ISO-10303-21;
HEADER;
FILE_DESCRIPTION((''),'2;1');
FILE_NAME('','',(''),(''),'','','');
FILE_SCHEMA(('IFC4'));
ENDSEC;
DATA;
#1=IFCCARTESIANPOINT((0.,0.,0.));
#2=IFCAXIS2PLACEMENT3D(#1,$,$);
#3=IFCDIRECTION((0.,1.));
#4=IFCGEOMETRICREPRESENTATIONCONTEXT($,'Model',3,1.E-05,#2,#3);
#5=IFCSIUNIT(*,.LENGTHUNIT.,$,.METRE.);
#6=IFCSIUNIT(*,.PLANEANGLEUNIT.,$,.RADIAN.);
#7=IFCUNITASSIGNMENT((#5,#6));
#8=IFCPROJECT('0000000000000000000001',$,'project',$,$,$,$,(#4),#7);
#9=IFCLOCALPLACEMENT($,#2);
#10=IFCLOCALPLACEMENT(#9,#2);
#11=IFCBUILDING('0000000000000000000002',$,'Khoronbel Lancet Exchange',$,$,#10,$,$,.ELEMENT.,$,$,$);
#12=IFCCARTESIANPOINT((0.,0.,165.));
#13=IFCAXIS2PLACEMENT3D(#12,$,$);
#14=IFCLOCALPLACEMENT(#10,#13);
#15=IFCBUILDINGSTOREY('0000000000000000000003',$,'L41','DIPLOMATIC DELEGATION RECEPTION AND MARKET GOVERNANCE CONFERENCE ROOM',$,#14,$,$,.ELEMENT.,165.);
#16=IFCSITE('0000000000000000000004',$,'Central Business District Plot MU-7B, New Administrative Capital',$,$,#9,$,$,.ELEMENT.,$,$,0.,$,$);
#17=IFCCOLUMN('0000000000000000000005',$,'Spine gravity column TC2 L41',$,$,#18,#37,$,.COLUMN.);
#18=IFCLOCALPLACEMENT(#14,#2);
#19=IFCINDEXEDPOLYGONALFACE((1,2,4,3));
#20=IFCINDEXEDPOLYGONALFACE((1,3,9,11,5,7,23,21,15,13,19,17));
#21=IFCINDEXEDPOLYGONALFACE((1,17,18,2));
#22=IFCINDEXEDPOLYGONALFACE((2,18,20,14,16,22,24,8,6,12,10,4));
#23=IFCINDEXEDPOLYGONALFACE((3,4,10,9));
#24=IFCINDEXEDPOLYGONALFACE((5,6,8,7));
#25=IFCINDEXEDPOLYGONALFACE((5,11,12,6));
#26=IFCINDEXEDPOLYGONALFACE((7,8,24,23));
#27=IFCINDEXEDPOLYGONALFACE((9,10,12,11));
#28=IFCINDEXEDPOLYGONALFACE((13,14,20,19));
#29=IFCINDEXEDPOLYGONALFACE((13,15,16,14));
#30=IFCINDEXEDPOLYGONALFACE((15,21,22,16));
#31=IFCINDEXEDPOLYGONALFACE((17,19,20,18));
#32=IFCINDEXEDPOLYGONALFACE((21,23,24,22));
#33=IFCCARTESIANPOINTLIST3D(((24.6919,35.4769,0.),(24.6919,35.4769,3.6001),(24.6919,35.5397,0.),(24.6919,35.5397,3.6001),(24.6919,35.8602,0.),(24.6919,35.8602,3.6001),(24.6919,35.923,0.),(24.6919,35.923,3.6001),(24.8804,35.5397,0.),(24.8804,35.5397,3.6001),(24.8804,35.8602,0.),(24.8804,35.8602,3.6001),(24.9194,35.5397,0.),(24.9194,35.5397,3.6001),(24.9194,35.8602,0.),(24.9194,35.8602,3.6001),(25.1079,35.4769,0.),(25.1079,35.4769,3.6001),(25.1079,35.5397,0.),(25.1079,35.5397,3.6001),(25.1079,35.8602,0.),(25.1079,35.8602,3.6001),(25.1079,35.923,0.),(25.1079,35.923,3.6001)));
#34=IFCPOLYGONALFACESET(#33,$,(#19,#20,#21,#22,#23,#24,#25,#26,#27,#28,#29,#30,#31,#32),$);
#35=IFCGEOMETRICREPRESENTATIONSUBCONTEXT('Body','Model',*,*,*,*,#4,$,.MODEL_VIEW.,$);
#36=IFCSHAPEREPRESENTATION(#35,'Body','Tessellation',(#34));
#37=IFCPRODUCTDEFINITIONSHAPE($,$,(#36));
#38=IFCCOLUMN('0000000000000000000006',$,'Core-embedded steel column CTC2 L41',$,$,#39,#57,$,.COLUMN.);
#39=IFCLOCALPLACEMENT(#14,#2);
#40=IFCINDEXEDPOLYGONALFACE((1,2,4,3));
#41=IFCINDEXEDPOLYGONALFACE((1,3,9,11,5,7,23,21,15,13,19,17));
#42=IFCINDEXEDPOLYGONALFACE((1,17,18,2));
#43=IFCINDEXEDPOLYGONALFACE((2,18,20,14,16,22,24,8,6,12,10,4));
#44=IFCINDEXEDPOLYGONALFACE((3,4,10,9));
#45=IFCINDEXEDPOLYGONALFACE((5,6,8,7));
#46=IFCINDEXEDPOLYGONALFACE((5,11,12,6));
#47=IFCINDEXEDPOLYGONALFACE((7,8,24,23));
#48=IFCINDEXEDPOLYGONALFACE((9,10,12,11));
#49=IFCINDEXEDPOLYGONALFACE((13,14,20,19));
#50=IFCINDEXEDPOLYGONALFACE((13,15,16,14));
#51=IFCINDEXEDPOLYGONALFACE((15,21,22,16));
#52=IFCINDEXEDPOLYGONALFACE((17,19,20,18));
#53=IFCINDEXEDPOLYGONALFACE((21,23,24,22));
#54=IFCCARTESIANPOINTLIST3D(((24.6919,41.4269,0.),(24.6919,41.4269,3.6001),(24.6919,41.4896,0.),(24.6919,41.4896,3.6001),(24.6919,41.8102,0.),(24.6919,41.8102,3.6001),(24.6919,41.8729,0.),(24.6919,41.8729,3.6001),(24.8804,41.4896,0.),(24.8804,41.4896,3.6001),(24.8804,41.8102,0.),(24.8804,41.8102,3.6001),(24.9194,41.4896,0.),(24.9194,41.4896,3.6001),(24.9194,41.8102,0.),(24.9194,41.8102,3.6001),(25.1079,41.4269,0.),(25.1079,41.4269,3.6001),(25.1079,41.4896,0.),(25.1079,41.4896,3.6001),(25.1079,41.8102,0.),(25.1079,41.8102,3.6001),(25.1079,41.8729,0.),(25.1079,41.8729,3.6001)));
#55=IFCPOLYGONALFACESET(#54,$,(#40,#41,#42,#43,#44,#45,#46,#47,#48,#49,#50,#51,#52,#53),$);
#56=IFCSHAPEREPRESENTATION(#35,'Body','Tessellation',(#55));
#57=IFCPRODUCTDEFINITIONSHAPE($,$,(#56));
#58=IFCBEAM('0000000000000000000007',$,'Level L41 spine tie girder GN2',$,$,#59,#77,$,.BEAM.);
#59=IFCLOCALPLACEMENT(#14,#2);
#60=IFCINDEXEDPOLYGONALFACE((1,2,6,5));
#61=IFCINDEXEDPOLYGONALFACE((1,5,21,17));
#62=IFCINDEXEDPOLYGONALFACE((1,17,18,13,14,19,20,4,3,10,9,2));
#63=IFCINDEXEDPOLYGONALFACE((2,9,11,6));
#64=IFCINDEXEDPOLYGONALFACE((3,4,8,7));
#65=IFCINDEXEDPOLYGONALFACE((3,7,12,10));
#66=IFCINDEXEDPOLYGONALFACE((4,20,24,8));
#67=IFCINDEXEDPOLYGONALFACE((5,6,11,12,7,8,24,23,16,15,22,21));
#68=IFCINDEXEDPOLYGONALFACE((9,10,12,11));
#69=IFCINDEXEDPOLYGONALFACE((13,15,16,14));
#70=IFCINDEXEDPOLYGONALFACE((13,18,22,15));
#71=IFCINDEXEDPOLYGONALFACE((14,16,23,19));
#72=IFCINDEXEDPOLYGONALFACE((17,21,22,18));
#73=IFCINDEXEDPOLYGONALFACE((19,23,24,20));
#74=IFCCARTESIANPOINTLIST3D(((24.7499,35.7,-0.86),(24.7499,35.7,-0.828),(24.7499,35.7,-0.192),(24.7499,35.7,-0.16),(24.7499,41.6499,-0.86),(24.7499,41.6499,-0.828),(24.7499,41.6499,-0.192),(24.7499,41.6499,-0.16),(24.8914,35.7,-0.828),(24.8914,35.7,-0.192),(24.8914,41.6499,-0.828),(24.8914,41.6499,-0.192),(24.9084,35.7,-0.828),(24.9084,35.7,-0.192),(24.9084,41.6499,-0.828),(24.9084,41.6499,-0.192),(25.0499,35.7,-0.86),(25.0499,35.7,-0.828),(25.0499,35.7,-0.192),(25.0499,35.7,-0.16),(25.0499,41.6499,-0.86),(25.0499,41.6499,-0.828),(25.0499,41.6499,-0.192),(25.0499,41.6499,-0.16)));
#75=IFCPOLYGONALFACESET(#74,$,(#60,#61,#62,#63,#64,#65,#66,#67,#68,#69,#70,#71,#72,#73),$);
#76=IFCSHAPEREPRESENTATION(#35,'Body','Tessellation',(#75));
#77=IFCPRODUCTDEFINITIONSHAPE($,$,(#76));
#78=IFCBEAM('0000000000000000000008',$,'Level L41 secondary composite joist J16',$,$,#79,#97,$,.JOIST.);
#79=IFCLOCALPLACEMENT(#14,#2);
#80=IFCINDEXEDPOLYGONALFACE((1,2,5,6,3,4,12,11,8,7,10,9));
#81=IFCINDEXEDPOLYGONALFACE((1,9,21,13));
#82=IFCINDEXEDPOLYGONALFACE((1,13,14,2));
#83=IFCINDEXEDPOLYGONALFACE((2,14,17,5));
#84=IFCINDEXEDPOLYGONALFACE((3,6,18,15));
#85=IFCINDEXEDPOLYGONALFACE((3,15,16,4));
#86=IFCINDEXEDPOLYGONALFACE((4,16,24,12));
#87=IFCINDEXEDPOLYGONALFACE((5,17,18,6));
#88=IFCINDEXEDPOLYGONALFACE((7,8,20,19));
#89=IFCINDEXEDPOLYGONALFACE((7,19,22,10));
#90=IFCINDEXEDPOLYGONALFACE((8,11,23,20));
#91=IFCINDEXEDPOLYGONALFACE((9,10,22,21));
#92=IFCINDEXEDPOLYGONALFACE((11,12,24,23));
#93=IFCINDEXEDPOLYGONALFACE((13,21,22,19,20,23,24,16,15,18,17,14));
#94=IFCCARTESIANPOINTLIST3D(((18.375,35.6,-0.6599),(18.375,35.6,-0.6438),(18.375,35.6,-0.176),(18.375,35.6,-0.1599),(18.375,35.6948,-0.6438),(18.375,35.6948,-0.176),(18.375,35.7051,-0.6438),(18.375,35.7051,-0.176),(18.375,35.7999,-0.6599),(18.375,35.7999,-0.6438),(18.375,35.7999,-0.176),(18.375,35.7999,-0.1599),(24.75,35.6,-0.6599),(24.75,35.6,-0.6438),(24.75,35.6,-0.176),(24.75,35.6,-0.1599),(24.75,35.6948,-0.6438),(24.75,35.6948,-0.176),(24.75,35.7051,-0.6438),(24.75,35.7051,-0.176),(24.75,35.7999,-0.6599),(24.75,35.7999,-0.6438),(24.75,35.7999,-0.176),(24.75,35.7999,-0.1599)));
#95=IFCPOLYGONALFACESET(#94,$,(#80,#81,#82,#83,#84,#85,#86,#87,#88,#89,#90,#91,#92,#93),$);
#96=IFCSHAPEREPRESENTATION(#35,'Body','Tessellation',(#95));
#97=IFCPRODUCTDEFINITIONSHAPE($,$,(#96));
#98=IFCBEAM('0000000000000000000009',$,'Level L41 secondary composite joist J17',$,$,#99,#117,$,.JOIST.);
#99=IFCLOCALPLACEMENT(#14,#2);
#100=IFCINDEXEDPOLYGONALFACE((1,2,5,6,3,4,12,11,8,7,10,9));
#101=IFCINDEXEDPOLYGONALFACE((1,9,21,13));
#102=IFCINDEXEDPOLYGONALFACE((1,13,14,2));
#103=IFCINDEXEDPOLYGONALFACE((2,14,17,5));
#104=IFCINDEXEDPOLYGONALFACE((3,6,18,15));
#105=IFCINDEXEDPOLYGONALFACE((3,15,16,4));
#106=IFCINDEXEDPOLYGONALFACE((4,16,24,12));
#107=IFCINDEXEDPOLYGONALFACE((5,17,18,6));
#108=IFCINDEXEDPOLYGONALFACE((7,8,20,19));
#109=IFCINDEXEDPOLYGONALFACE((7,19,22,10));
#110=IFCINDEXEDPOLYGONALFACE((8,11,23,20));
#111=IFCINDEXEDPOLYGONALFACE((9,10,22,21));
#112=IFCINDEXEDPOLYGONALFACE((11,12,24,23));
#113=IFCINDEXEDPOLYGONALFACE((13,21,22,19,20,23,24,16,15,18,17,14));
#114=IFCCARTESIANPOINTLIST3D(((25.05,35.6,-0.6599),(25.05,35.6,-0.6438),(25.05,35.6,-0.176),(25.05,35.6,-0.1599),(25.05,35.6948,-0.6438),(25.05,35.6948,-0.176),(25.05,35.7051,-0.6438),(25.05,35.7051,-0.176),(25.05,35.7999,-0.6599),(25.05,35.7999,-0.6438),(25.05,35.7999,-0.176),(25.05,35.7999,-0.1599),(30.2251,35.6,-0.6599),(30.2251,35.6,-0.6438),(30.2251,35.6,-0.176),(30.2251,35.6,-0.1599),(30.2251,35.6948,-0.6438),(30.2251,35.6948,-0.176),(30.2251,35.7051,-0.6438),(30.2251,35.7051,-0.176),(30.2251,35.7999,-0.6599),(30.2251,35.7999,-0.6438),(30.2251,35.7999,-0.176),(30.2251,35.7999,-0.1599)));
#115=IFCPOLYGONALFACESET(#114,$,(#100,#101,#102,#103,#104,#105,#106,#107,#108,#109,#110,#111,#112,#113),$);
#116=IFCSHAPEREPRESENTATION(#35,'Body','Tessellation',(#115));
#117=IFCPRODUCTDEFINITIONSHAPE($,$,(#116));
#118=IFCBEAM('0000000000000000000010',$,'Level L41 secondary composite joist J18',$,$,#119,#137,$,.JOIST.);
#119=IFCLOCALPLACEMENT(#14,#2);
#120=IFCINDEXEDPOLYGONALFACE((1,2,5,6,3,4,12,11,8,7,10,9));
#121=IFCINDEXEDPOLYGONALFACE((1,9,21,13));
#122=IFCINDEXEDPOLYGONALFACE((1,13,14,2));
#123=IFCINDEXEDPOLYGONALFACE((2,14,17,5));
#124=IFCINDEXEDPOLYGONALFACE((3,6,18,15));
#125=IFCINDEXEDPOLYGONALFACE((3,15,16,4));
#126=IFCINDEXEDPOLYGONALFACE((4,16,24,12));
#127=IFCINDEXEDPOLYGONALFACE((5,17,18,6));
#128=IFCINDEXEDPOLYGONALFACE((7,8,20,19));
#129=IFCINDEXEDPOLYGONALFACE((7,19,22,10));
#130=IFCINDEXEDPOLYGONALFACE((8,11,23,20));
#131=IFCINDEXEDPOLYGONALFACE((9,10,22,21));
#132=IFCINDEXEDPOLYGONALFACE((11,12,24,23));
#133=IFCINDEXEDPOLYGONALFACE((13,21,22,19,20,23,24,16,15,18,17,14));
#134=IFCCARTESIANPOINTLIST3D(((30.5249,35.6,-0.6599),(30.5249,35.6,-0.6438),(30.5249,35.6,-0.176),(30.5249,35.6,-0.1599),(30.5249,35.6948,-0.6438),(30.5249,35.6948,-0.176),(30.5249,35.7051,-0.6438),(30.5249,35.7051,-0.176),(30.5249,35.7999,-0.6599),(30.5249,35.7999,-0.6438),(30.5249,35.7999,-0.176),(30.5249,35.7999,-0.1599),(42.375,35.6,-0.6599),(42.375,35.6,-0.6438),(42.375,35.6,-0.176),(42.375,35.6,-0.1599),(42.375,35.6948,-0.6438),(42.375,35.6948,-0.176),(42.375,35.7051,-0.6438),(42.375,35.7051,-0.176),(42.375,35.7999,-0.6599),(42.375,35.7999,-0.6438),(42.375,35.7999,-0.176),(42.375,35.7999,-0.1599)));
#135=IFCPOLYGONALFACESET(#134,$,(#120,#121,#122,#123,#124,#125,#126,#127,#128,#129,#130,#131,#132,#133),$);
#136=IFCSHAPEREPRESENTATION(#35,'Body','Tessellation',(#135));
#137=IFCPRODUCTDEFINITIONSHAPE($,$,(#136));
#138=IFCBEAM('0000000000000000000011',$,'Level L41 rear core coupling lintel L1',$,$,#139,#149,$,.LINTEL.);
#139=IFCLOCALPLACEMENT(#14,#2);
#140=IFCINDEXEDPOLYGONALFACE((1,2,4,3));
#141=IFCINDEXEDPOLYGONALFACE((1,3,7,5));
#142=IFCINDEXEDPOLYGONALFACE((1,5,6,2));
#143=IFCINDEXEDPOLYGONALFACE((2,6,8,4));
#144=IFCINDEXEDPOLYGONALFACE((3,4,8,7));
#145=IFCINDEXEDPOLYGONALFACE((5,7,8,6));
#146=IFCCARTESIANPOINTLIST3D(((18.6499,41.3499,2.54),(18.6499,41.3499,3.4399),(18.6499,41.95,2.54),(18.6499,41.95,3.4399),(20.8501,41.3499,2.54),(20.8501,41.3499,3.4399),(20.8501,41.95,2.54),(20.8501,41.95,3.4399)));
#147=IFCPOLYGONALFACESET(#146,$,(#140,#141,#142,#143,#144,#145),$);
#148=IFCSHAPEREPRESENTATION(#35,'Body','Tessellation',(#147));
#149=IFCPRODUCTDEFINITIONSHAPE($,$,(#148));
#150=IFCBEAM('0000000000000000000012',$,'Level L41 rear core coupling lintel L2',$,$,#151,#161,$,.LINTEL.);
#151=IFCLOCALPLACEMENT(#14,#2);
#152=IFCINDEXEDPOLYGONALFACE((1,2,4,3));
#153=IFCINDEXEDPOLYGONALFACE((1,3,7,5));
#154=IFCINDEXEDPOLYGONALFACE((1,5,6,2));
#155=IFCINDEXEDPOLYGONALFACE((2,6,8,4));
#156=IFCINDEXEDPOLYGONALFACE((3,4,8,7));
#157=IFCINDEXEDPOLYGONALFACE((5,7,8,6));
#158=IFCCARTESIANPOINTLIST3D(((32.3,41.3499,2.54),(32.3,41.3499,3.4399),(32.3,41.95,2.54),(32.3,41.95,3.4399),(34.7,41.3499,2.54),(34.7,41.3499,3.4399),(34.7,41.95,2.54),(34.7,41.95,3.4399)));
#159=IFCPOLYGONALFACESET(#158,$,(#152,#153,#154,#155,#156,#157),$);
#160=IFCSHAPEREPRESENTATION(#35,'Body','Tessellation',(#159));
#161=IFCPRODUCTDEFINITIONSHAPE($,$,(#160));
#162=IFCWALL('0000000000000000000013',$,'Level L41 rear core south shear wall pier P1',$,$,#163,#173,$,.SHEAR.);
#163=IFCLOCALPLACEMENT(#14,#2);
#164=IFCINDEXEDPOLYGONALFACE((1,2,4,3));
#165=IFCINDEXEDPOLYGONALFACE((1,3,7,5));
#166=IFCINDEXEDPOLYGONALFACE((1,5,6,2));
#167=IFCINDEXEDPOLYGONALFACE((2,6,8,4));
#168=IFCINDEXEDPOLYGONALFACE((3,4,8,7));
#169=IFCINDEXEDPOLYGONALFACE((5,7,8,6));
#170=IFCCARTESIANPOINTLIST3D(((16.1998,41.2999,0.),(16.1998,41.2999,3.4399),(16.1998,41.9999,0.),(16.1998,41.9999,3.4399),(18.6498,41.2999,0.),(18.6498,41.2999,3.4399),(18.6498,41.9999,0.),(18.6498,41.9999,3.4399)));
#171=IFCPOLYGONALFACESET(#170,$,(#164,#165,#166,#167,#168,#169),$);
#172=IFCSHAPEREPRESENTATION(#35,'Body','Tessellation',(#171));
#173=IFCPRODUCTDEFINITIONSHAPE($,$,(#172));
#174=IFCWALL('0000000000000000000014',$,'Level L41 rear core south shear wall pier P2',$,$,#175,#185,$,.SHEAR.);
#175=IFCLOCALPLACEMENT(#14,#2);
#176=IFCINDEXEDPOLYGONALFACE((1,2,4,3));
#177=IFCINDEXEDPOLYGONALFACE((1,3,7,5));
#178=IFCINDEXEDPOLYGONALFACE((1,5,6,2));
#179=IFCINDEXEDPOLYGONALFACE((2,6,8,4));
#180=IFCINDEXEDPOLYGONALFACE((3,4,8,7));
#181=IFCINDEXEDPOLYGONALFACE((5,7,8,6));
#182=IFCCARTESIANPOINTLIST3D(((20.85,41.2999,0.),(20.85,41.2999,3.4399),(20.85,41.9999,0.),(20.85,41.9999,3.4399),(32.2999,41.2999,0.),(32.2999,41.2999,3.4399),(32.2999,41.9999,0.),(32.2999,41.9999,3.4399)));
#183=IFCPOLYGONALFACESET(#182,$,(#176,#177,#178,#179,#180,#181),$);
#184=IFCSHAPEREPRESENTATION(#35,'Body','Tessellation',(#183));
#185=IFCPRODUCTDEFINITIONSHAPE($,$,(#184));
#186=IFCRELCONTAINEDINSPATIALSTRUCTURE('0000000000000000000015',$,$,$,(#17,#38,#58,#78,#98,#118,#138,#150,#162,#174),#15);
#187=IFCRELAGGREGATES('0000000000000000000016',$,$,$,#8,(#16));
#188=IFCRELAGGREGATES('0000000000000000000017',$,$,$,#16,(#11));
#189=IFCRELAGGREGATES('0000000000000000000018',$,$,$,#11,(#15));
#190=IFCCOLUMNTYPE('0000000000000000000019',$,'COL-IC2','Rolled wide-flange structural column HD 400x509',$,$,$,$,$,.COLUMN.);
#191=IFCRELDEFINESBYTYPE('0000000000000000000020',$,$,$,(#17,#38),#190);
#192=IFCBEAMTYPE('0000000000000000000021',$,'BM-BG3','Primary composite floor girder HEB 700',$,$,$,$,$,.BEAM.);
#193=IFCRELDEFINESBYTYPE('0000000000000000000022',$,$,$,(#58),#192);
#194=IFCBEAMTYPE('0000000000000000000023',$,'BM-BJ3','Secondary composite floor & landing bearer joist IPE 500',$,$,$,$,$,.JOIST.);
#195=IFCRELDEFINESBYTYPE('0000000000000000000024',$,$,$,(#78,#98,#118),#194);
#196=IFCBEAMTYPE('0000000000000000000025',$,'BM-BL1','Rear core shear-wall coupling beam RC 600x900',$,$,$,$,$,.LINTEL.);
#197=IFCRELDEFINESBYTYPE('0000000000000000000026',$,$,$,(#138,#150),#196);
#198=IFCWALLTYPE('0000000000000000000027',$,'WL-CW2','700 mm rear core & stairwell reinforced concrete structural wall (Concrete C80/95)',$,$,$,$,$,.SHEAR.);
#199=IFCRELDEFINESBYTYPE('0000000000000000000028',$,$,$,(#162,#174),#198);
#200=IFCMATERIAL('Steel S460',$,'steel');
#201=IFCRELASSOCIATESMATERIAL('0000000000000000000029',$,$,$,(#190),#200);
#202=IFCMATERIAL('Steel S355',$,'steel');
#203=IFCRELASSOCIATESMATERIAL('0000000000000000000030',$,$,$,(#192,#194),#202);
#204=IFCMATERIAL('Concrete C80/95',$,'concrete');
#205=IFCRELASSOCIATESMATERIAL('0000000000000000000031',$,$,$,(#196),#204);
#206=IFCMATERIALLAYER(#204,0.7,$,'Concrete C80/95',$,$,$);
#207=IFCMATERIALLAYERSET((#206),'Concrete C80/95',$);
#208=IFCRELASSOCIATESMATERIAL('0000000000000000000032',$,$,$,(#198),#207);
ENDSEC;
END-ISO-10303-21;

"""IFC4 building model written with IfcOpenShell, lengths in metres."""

from ifc_helpers import new_model, si_unit, direction, frame, frame_2d, origin, origin_2d, place, context, subcontext, project, spatial, rectangle, i_section, extrude, material, layer, layer_set, material_profile, profile_set, type_object, element, save


model = new_model("IFC4")

# Units and contexts
model_context = context("Model", 3, precision=1e-05, world=origin(), true_north=direction((0.0, 1.0)))
body_context = subcontext(model_context, "Body", "Model", "MODEL_VIEW")
ifc_project = project(units=[si_unit("LENGTHUNIT", "METRE"), si_unit("PLANEANGLEUNIT", "RADIAN")], contexts=[model_context])

# Site, building, storey
site_placement = place(None, origin())
site = spatial("IfcSite", under=ifc_project, at=site_placement, Name="Central Business District Plot MU-7B, New Administrative Capital", CompositionType="ELEMENT", RefElevation=0.0)
building_placement = place(site_placement, origin())
building = spatial("IfcBuilding", under=site, at=building_placement, Name="Khoronbel Lancet Exchange", CompositionType="ELEMENT")
storey_placement = place(building_placement, frame((0.0, 0.0, 165.0)))
storey = spatial("IfcBuildingStorey", under=building, at=storey_placement, Name="L41", Description="DIPLOMATIC DELEGATION RECEPTION AND MARKET GOVERNANCE CONFERENCE ROOM", CompositionType="ELEMENT", Elevation=165.0)

# Columns
ifc_material_1 = material(Name="Steel S460", Category="steel")
ifc_material_profile_1 = material_profile(ifc_material_1, i_section(OverallWidth=0.416, OverallDepth=0.446, WebThickness=0.0391, FlangeThickness=0.0627, at=origin_2d()), Name="HD 400x509")
ifc_profile_set_1 = profile_set([ifc_material_profile_1], Name="Steel S460")
column_type = type_object("IfcColumnType", Name="COL-IC2", Description="Rolled wide-flange structural column HD 400x509", PredefinedType="COLUMN", material=ifc_profile_set_1)
for number, where, z_axis, x_axis, name in (
    (1, (24.8999, 35.7, 0.0), (0.0, 0.0, 1.0), (1.0, 0.0, 0.0), "Spine gravity column TC2 L41"),
    (2, (24.8999, 41.6499, 0.0), (0.0, 0.0, 1.0), (1.0, 0.0, 0.0), "Core-embedded steel column CTC2 L41"),
):
    element("IfcColumn", number, at=place(storey_placement, frame(where, z_axis=z_axis, x_axis=x_axis)), inside=storey, type_object=column_type, Name=name, PredefinedType="COLUMN", context=body_context, shape_type="SweptSolid", body=[
        extrude(i_section(OverallWidth=0.416, OverallDepth=0.446, WebThickness=0.0391, FlangeThickness=0.0627, at=origin_2d()), origin(), (0.0, 0.0, 1.0), 3.6001),
    ])

# Beams
ifc_material_2 = material(Name="Steel S355", Category="steel")
ifc_material_profile_2 = material_profile(ifc_material_2, i_section(OverallWidth=0.3, OverallDepth=0.7, WebThickness=0.0171, FlangeThickness=0.032, at=origin_2d()), Name="HEB 700")
ifc_profile_set_2 = profile_set([ifc_material_profile_2], Name="Steel S355")
beam_type_1 = type_object("IfcBeamType", Name="BM-BG3", Description="Primary composite floor girder HEB 700", PredefinedType="BEAM", material=ifc_profile_set_2)
beam_1_placement = place(storey_placement, frame((24.8999, 35.7, -0.51), z_axis=(0.0, 1.0, 0.0), x_axis=(-1.0, 0.0, 0.0)))
element("IfcBeam", 3, at=beam_1_placement, inside=storey, type_object=beam_type_1, Name="Level L41 spine tie girder GN2", PredefinedType="BEAM", context=body_context, shape_type="SweptSolid", body=[
    extrude(i_section(OverallWidth=0.3, OverallDepth=0.7, WebThickness=0.0171, FlangeThickness=0.032, at=origin_2d()), origin(), (0.0, 0.0, 1.0), 5.95),
])
ifc_material_profile_3 = material_profile(ifc_material_2, i_section(OverallWidth=0.2, OverallDepth=0.5, WebThickness=0.0103, FlangeThickness=0.0161, at=origin_2d()), Name="IPE 500")
ifc_profile_set_3 = profile_set([ifc_material_profile_3], Name="Steel S355")
beam_type_2 = type_object("IfcBeamType", Name="BM-BJ3", Description="Secondary composite floor & landing bearer joist IPE 500", PredefinedType="JOIST", material=ifc_profile_set_3)
beam_2_placement = place(storey_placement, frame((18.375, 35.7, -0.4099), z_axis=(1.0, 0.0, 0.0), x_axis=(0.0, 1.0, 0.0)))
element("IfcBeam", 4, at=beam_2_placement, inside=storey, type_object=beam_type_2, Name="Level L41 secondary composite joist J16", PredefinedType="JOIST", context=body_context, shape_type="SweptSolid", body=[
    extrude(i_section(OverallWidth=0.2, OverallDepth=0.5, WebThickness=0.0103, FlangeThickness=0.0161, at=origin_2d()), origin(), (0.0, 0.0, 1.0), 6.375),
])
beam_3_placement = place(storey_placement, frame((25.05, 35.7, -0.4099), z_axis=(1.0, 0.0, 0.0), x_axis=(0.0, 1.0, 0.0)))
element("IfcBeam", 5, at=beam_3_placement, inside=storey, type_object=beam_type_2, Name="Level L41 secondary composite joist J17", PredefinedType="JOIST", context=body_context, shape_type="SweptSolid", body=[
    extrude(i_section(OverallWidth=0.2, OverallDepth=0.5, WebThickness=0.0103, FlangeThickness=0.0161, at=origin_2d()), origin(), (0.0, 0.0, 1.0), 5.175),
])
beam_4_placement = place(storey_placement, frame((30.5249, 35.7, -0.4099), z_axis=(1.0, 0.0, 0.0), x_axis=(0.0, 1.0, 0.0)))
element("IfcBeam", 6, at=beam_4_placement, inside=storey, type_object=beam_type_2, Name="Level L41 secondary composite joist J18", PredefinedType="JOIST", context=body_context, shape_type="SweptSolid", body=[
    extrude(i_section(OverallWidth=0.2, OverallDepth=0.5, WebThickness=0.0103, FlangeThickness=0.0161, at=origin_2d()), origin(), (0.0, 0.0, 1.0), 11.8501),
])
ifc_material_3 = material(Name="Concrete C80/95", Category="concrete")
ifc_material_profile_4 = material_profile(ifc_material_3, rectangle(XDim=0.6001, YDim=0.8999, at=origin_2d()), Name="RC 600x900")
ifc_profile_set_4 = profile_set([ifc_material_profile_4], Name="Concrete C80/95")
beam_type_3 = type_object("IfcBeamType", Name="BM-BL1", Description="Rear core shear-wall coupling beam RC 600x900", PredefinedType="LINTEL", material=ifc_profile_set_4)
beam_5_placement = place(storey_placement, frame((18.6499, 41.6499, 2.99), z_axis=(1.0, 0.0, 0.0), x_axis=(0.0, 1.0, 0.0)))
element("IfcBeam", 7, at=beam_5_placement, inside=storey, type_object=beam_type_3, Name="Level L41 rear core coupling lintel L1", PredefinedType="LINTEL", context=body_context, shape_type="SweptSolid", body=[
    extrude(rectangle(XDim=0.6001, YDim=0.8999, at=origin_2d()), origin(), (0.0, 0.0, 1.0), 2.2002),
])
beam_6_placement = place(storey_placement, frame((32.3, 41.6499, 2.99), z_axis=(1.0, 0.0, 0.0), x_axis=(0.0, 1.0, 0.0)))
element("IfcBeam", 8, at=beam_6_placement, inside=storey, type_object=beam_type_3, Name="Level L41 rear core coupling lintel L2", PredefinedType="LINTEL", context=body_context, shape_type="SweptSolid", body=[
    extrude(rectangle(XDim=0.6001, YDim=0.8999, at=origin_2d()), origin(), (0.0, 0.0, 1.0), 2.3999),
])

# Walls
ifc_layer_1 = layer(ifc_material_3, 0.7, Name="Concrete C80/95")
ifc_layer_set_1 = layer_set([ifc_layer_1], Name="Concrete C80/95")
wall_type_1 = type_object("IfcWallType", Name="WL-CW2", Description="700 mm rear core & stairwell reinforced concrete structural wall (Concrete C80/95)", PredefinedType="SHEAR", material=ifc_layer_set_1)
wall_1_placement = place(storey_placement, frame((18.6499, 41.6499, 0.0), z_axis=(0.0, 0.0, 1.0), x_axis=(-1.0, 0.0, 0.0)))
element("IfcWall", 9, at=wall_1_placement, inside=storey, type_object=wall_type_1, Name="Level L41 rear core south shear wall pier P1", PredefinedType="SHEAR", context=body_context, shape_type="SweptSolid", body=[
    extrude(rectangle(XDim=2.45, YDim=0.7, at=frame_2d((1.2251, 0.0))), origin(), (0.0, 0.0, 1.0), 3.4399),
])
wall_2_placement = place(storey_placement, frame((32.3, 41.6499, 0.0), z_axis=(0.0, 0.0, 1.0), x_axis=(-1.0, 0.0, 0.0)))
element("IfcWall", 10, at=wall_2_placement, inside=storey, type_object=wall_type_1, Name="Level L41 rear core south shear wall pier P2", PredefinedType="SHEAR", context=body_context, shape_type="SweptSolid", body=[
    extrude(rectangle(XDim=11.45, YDim=0.7, at=frame_2d((5.7251, 0.0))), origin(), (0.0, 0.0, 1.0), 3.4399),
])

save(model, "model.ifc")
